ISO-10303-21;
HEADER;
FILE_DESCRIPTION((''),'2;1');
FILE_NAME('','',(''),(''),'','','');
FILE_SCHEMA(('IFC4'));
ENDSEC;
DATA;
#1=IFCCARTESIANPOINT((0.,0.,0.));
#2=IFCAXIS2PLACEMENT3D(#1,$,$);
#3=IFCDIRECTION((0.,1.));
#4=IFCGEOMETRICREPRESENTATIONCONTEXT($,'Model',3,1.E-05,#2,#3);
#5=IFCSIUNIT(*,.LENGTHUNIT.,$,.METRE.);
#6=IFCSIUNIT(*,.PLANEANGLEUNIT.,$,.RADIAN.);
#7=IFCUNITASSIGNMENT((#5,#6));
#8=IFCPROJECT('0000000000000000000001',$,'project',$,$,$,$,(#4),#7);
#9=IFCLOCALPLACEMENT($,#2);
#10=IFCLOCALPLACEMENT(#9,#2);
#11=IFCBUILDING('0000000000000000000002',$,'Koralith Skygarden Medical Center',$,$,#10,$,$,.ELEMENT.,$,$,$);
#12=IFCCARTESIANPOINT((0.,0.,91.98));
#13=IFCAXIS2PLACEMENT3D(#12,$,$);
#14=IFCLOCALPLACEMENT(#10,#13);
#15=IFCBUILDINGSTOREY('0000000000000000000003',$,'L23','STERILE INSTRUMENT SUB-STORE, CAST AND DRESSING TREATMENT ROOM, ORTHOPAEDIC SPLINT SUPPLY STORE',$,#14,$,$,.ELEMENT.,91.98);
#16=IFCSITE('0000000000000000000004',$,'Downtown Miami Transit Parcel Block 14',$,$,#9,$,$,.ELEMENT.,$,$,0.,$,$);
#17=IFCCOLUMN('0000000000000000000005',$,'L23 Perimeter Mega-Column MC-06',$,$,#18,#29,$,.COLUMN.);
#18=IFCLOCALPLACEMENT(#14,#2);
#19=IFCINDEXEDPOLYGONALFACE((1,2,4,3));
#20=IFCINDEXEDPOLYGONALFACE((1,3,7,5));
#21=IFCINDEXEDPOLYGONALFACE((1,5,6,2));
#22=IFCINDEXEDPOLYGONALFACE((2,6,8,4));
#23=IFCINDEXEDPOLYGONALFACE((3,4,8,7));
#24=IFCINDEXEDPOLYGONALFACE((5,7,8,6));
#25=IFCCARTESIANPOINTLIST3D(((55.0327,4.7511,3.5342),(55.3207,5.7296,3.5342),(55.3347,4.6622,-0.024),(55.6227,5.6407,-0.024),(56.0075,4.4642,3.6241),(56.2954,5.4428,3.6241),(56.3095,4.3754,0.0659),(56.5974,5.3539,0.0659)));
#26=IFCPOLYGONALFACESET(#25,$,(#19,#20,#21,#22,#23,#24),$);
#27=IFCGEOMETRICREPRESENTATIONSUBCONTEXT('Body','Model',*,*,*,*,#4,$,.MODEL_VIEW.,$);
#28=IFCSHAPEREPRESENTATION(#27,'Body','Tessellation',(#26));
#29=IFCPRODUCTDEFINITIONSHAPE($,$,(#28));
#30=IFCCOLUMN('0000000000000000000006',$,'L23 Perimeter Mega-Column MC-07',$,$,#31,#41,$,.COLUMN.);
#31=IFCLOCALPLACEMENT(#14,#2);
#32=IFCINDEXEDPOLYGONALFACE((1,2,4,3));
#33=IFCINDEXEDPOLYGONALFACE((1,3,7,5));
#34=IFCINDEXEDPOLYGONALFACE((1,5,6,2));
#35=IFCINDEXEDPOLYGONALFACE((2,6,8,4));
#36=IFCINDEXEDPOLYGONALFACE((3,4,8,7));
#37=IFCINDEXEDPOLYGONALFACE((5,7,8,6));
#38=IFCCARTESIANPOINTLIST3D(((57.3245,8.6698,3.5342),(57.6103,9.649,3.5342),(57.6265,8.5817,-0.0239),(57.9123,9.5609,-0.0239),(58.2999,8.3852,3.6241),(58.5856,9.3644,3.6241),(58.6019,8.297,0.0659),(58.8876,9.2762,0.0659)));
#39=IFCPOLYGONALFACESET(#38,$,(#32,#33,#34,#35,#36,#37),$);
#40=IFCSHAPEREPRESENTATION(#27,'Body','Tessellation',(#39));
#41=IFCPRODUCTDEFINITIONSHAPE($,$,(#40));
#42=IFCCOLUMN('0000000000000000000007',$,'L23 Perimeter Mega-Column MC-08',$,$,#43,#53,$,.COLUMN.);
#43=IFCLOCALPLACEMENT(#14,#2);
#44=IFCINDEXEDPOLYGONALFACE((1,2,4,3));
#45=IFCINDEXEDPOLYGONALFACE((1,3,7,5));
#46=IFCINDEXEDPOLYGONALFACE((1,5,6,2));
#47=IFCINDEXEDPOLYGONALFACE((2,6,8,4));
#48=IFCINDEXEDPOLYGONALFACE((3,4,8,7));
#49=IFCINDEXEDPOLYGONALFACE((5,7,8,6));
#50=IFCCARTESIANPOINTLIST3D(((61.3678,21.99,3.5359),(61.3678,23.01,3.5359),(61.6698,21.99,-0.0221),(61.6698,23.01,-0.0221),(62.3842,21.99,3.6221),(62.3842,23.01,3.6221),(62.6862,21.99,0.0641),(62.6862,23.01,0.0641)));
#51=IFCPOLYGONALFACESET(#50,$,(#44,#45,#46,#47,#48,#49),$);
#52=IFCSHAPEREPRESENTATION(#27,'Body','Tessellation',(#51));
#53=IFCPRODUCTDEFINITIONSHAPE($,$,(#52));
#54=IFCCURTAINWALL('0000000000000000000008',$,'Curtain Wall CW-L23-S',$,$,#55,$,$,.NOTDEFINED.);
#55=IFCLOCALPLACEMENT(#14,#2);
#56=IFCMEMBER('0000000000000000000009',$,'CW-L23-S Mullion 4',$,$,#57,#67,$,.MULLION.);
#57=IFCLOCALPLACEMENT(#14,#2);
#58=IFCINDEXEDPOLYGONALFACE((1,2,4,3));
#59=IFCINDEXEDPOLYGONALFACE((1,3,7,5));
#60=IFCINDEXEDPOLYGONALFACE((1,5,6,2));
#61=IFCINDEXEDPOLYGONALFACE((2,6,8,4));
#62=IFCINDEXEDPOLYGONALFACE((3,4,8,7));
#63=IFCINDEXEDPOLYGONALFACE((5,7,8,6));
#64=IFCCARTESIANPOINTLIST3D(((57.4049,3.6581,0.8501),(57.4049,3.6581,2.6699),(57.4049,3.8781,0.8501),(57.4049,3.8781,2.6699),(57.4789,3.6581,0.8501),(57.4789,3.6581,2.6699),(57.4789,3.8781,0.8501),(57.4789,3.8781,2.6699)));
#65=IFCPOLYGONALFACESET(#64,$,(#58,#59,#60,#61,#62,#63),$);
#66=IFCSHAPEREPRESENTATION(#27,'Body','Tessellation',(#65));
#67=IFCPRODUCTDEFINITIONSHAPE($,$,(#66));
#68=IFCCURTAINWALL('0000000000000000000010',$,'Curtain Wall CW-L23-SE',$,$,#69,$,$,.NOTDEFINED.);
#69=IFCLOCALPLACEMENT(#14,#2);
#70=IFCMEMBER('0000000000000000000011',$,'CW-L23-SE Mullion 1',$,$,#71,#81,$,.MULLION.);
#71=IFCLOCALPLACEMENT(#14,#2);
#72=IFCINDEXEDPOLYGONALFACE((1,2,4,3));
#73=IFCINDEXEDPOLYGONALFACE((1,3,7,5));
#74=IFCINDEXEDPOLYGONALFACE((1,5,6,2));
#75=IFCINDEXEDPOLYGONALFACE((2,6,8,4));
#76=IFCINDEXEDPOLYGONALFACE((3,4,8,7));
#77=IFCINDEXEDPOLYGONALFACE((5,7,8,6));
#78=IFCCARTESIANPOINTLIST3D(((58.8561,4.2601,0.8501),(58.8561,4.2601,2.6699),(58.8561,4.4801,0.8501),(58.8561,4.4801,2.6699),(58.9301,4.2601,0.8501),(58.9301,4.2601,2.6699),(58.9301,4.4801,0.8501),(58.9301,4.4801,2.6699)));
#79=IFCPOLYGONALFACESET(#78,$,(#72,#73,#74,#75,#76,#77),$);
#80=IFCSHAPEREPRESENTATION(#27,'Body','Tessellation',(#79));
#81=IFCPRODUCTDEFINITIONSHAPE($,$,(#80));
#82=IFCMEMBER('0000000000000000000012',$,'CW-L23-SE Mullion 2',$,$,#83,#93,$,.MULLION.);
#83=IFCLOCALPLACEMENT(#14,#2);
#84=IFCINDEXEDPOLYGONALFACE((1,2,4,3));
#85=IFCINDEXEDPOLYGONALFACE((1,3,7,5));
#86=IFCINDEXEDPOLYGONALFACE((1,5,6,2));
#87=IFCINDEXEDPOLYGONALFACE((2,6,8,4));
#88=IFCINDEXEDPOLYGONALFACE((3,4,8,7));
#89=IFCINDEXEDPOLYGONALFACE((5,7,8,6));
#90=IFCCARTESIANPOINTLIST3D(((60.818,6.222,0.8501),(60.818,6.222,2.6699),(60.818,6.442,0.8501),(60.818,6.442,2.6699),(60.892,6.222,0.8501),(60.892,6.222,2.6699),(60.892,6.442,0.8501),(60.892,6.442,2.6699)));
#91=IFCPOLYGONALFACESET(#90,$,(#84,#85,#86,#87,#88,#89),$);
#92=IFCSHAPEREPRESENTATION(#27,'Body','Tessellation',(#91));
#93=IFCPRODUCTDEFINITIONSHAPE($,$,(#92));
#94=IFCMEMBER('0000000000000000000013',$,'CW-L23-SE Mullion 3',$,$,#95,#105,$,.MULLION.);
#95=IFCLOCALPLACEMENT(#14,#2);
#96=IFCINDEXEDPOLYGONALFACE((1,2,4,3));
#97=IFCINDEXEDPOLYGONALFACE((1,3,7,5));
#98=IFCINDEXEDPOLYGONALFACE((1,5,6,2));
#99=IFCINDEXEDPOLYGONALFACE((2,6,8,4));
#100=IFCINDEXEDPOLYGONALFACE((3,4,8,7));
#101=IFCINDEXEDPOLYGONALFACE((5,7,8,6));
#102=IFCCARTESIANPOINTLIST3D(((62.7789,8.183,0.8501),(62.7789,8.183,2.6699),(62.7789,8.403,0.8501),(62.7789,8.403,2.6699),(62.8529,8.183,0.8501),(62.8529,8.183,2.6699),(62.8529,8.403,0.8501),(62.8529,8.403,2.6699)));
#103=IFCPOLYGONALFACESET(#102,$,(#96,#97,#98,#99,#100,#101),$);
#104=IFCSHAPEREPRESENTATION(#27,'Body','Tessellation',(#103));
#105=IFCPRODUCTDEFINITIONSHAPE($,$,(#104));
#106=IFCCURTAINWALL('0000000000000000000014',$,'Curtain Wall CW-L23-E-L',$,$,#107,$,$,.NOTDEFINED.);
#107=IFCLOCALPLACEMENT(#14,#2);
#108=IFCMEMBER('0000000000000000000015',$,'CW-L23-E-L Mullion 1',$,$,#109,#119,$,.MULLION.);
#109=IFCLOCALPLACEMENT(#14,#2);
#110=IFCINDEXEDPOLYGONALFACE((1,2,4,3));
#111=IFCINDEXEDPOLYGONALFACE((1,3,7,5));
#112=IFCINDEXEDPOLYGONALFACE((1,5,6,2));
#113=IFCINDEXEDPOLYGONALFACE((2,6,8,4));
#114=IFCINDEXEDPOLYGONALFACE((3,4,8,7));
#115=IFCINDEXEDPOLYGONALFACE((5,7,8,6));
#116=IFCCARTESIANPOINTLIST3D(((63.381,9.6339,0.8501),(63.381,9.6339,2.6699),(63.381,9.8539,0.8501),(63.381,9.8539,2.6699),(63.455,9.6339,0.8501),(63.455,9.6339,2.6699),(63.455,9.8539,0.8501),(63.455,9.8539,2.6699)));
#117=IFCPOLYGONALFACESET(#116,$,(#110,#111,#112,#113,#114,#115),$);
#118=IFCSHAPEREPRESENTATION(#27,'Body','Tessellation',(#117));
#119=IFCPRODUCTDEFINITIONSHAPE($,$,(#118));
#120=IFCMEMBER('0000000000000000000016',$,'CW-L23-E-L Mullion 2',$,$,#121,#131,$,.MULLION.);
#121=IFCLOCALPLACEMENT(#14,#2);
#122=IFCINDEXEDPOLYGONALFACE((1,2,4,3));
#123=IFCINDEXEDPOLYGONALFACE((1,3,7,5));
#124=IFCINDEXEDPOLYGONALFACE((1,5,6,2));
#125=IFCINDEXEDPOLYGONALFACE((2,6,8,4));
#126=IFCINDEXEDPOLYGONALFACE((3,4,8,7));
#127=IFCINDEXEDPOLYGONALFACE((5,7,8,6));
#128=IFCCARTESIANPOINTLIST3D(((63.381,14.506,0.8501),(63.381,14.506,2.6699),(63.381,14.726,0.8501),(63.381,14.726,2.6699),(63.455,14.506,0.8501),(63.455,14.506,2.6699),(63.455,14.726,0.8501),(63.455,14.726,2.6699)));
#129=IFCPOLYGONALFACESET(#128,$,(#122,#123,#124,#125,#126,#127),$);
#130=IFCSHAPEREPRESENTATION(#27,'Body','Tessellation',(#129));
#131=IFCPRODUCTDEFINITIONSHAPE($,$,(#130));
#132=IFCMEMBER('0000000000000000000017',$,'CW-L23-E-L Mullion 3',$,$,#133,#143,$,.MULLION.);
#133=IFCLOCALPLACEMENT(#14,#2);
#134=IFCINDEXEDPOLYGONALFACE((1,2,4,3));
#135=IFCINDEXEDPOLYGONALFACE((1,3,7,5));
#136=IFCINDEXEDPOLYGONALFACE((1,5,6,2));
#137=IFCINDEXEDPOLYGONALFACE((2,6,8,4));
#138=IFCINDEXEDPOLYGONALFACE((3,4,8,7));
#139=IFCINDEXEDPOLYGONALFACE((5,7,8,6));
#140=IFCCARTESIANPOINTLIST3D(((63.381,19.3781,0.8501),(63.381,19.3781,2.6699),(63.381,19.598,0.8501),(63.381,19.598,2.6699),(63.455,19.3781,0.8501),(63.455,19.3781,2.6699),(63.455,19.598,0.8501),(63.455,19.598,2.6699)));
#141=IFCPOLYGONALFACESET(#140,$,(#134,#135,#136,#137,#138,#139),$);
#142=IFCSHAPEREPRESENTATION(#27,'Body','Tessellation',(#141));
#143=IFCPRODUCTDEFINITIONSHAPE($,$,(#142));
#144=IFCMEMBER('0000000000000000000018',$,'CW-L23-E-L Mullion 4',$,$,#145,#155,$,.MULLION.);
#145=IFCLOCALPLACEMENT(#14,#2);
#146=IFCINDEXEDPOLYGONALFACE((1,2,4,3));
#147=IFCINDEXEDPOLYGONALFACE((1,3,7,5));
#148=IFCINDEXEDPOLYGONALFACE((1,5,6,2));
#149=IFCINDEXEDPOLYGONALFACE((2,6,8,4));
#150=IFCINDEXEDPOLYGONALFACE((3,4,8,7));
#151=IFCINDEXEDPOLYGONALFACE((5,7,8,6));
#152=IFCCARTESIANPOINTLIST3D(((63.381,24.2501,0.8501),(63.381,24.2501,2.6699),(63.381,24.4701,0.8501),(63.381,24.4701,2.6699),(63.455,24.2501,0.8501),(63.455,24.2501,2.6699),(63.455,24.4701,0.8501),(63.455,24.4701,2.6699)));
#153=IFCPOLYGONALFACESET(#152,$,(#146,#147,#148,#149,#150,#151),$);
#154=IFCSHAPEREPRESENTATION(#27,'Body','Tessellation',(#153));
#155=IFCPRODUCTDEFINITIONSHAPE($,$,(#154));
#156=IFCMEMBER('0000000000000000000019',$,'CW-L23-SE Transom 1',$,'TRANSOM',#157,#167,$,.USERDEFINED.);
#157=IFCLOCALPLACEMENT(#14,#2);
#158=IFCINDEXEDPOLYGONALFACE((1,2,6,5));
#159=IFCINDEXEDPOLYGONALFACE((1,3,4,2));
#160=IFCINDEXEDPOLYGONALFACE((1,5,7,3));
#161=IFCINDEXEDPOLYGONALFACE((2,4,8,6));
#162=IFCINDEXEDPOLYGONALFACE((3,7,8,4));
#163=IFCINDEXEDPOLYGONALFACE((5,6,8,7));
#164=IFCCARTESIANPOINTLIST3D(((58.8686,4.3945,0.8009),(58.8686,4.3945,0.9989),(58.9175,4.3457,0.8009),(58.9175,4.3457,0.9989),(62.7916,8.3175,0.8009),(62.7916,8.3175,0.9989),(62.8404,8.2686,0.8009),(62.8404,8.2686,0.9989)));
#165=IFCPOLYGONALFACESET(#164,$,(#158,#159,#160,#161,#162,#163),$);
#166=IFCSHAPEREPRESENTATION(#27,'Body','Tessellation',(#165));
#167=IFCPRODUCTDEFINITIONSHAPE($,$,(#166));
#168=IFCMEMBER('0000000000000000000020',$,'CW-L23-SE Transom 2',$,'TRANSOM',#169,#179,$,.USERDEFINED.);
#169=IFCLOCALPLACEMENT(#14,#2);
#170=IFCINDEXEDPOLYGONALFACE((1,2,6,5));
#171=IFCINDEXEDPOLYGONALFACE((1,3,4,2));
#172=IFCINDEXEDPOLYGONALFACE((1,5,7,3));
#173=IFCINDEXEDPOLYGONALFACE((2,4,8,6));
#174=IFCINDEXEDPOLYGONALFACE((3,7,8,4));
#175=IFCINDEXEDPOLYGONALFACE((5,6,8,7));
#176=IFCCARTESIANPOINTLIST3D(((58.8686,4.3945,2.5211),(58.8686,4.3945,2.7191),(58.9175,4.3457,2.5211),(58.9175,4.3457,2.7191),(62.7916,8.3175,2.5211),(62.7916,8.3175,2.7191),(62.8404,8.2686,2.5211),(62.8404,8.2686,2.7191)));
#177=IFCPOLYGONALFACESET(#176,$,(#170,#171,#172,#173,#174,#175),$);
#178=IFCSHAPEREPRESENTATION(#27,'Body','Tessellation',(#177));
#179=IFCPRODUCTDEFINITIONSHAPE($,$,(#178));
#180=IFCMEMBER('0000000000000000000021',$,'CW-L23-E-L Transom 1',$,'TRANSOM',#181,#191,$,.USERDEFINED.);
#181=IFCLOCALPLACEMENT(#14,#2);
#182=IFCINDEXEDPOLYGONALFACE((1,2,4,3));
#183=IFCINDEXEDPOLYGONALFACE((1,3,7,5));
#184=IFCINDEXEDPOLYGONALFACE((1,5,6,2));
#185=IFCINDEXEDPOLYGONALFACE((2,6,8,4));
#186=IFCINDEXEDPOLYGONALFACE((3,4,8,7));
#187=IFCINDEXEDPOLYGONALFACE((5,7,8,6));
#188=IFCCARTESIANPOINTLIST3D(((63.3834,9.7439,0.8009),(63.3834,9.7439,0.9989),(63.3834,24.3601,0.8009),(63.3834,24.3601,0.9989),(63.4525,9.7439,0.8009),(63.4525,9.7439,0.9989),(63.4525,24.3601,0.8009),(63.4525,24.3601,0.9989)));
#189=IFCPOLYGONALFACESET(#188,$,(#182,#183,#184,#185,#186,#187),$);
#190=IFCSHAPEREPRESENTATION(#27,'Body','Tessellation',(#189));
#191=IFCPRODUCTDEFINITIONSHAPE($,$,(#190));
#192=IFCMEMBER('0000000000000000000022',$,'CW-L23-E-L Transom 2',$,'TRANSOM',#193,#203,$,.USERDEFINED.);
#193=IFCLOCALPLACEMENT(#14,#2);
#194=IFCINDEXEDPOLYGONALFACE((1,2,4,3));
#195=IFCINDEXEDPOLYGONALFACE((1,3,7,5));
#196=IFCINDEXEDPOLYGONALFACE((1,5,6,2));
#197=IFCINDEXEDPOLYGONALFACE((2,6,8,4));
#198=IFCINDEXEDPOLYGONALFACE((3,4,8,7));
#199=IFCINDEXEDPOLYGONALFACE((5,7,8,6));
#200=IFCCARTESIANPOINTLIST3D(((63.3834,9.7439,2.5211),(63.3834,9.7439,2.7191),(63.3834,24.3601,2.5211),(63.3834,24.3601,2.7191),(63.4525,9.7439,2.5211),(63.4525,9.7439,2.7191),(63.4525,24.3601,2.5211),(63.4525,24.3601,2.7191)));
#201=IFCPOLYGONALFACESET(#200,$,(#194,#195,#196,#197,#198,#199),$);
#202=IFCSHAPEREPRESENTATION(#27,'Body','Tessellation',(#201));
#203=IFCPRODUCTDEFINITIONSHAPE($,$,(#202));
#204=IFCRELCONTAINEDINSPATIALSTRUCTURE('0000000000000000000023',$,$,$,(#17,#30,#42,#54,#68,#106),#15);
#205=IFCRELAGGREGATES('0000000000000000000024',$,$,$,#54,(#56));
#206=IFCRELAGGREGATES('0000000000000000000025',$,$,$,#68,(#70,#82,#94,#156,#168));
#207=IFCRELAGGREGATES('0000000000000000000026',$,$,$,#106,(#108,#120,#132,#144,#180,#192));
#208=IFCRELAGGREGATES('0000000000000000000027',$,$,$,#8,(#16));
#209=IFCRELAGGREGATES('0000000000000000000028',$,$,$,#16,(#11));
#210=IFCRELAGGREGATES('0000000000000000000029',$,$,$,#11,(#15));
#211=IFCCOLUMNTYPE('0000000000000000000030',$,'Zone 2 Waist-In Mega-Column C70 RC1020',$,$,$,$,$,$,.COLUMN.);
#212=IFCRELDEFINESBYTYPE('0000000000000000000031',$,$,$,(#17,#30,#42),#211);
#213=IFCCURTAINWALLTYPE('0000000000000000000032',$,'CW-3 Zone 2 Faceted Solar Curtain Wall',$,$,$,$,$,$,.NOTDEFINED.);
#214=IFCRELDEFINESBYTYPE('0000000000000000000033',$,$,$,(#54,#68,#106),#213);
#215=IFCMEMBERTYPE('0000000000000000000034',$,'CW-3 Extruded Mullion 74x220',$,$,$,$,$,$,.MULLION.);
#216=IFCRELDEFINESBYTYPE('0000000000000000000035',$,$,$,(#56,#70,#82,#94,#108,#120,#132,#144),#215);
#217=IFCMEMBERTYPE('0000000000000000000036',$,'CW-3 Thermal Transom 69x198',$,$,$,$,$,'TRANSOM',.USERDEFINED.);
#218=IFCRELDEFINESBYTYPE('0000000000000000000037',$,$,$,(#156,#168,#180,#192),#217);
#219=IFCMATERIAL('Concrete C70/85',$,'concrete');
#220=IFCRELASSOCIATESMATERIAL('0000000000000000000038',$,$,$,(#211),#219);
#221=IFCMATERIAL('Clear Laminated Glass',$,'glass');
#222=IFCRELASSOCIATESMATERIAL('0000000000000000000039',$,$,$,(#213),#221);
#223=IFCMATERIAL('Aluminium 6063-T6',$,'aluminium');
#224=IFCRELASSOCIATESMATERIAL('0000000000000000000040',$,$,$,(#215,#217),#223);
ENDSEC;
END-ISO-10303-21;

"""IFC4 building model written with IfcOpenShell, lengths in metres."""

from ifc_helpers import new_model, si_unit, direction, frame, origin, origin_2d, place, context, subcontext, project, spatial, rectangle, extrude, material, material_profile, profile_set, type_object, element, aggregate, save


model = new_model("IFC4")

# Units and contexts
model_context = context("Model", 3, precision=1e-05, world=origin(), true_north=direction((0.0, 1.0)))
body_context = subcontext(model_context, "Body", "Model", "MODEL_VIEW")
ifc_project = project(units=[si_unit("LENGTHUNIT", "METRE"), si_unit("PLANEANGLEUNIT", "RADIAN")], contexts=[model_context])

# Site, building, storey
site_placement = place(None, origin())
site = spatial("IfcSite", under=ifc_project, at=site_placement, Name="Downtown Miami Transit Parcel Block 14", CompositionType="ELEMENT", RefElevation=0.0)
building_placement = place(site_placement, origin())
building = spatial("IfcBuilding", under=site, at=building_placement, Name="Koralith Skygarden Medical Center", CompositionType="ELEMENT")
storey_placement = place(building_placement, frame((0.0, 0.0, 91.98)))
storey = spatial("IfcBuildingStorey", under=building, at=storey_placement, Name="L23", Description="STERILE INSTRUMENT SUB-STORE, CAST AND DRESSING TREATMENT ROOM, ORTHOPAEDIC SPLINT SUPPLY STORE", CompositionType="ELEMENT", Elevation=91.98)

# Columns
ifc_material_1 = material(Name="Concrete C70/85", Category="concrete")
ifc_material_profile_1 = material_profile(ifc_material_1, rectangle(XDim=1.02, YDim=1.02, at=origin_2d()), Name="RC1020X1020")
ifc_profile_set_1 = profile_set([ifc_material_profile_1], Name="Concrete C70/85")
column_type = type_object("IfcColumnType", Name="Zone 2 Waist-In Mega-Column C70 RC1020", PredefinedType="COLUMN", material=ifc_profile_set_1)
for number, where, z_axis, x_axis, name in (
    (1, (55.9661, 5.0081, 0.021), (-0.084547, 0.024879, 0.996109), (-0.282292, -0.959328, 0.0), "L23 Perimeter Mega-Column MC-06"),
    (2, (58.2571, 8.929, 0.021), (-0.084547, 0.024674, 0.996114), (-0.280149, -0.959957, 0.0), "L23 Perimeter Mega-Column MC-07"),
):
    element("IfcColumn", number, at=place(storey_placement, frame(where, z_axis=z_axis, x_axis=x_axis)), inside=storey, type_object=column_type, Name=name, PredefinedType="COLUMN", context=body_context, shape_type="SweptSolid", body=[
        extrude(rectangle(XDim=1.02, YDim=1.02, at=origin_2d()), origin(), (0.0, 0.0, 1.0), 3.572),
    ])
column_placement = place(storey_placement, frame((62.178, 22.5, 0.021), z_axis=(-0.084573, 0.0, 0.996417), x_axis=(0.0, -1.0, 0.0)))
element("IfcColumn", 3, at=column_placement, inside=storey, type_object=column_type, Name="L23 Perimeter Mega-Column MC-08", PredefinedType="COLUMN", context=body_context, shape_type="SweptSolid", body=[
    extrude(rectangle(XDim=1.02, YDim=1.02, at=origin_2d()), origin(), (0.0, 0.0, 1.0), 3.5708),
])

# Curtain wall, member
ifc_material_2 = material(Name="Clear Laminated Glass", Category="glass")
curtain_wall_type = type_object("IfcCurtainWallType", Name="CW-3 Zone 2 Faceted Solar Curtain Wall", PredefinedType="NOTDEFINED", material=ifc_material_2)
curtain_wall_1_placement = place(storey_placement, origin())
curtain_wall_1 = element("IfcCurtainWall", 4, at=curtain_wall_1_placement, inside=storey, type_object=curtain_wall_type, Name="Curtain Wall CW-L23-S", PredefinedType="NOTDEFINED")
ifc_material_3 = material(Name="Aluminium 6063-T6", Category="aluminium")
ifc_material_profile_2 = material_profile(ifc_material_3, rectangle(XDim=0.074, YDim=0.22, at=origin_2d()), Name="MUL74X220")
ifc_profile_set_2 = profile_set([ifc_material_profile_2], Name="Aluminium 6063-T6")
member_type_1 = type_object("IfcMemberType", Name="CW-3 Extruded Mullion 74x220", PredefinedType="MULLION", material=ifc_profile_set_2)
member_1_placement = place(storey_placement, frame((57.4419, 3.7681, 0.8501), z_axis=(0.0, 0.0, 1.0), x_axis=(1.0, 0.0, 0.0)))
member_1 = element("IfcMember", 5, at=member_1_placement, type_object=member_type_1, Name="CW-L23-S Mullion 4", PredefinedType="MULLION", context=body_context, shape_type="SweptSolid", body=[
    extrude(rectangle(XDim=0.074, YDim=0.22, at=origin_2d()), origin(), (0.0, 0.0, 1.0), 1.8198),
])
aggregate(curtain_wall_1, [member_1])

# Curtain walls, members
curtain_wall_2_placement = place(storey_placement, origin())
curtain_wall_2 = element("IfcCurtainWall", 6, at=curtain_wall_2_placement, inside=storey, type_object=curtain_wall_type, Name="Curtain Wall CW-L23-SE", PredefinedType="NOTDEFINED")
member_2_placement = place(storey_placement, frame((58.8931, 4.3701, 0.8501), z_axis=(0.0, 0.0, 1.0), x_axis=(1.0, 0.0, 0.0)))
member_2 = element("IfcMember", 7, at=member_2_placement, type_object=member_type_1, Name="CW-L23-SE Mullion 1", PredefinedType="MULLION", context=body_context, shape_type="SweptSolid", body=[
    extrude(rectangle(XDim=0.074, YDim=0.22, at=origin_2d()), origin(), (0.0, 0.0, 1.0), 1.8198),
])
member_3_placement = place(storey_placement, frame((60.855, 6.332, 0.8501), z_axis=(0.0, 0.0, 1.0), x_axis=(1.0, 0.0, 0.0)))
member_3 = element("IfcMember", 8, at=member_3_placement, type_object=member_type_1, Name="CW-L23-SE Mullion 2", PredefinedType="MULLION", context=body_context, shape_type="SweptSolid", body=[
    extrude(rectangle(XDim=0.074, YDim=0.22, at=origin_2d()), origin(), (0.0, 0.0, 1.0), 1.8198),
])
member_4_placement = place(storey_placement, frame((62.8159, 8.293, 0.8501), z_axis=(0.0, 0.0, 1.0), x_axis=(1.0, 0.0, 0.0)))
member_4 = element("IfcMember", 9, at=member_4_placement, type_object=member_type_1, Name="CW-L23-SE Mullion 3", PredefinedType="MULLION", context=body_context, shape_type="SweptSolid", body=[
    extrude(rectangle(XDim=0.074, YDim=0.22, at=origin_2d()), origin(), (0.0, 0.0, 1.0), 1.8198),
])
curtain_wall_3_placement = place(storey_placement, origin())
curtain_wall_3 = element("IfcCurtainWall", 10, at=curtain_wall_3_placement, inside=storey, type_object=curtain_wall_type, Name="Curtain Wall CW-L23-E-L", PredefinedType="NOTDEFINED")
member_5_placement = place(storey_placement, frame((63.418, 9.7439, 0.8501), z_axis=(0.0, 0.0, 1.0), x_axis=(1.0, 0.0, 0.0)))
member_5 = element("IfcMember", 11, at=member_5_placement, type_object=member_type_1, Name="CW-L23-E-L Mullion 1", PredefinedType="MULLION", context=body_context, shape_type="SweptSolid", body=[
    extrude(rectangle(XDim=0.074, YDim=0.22, at=origin_2d()), origin(), (0.0, 0.0, 1.0), 1.8198),
])
member_6_placement = place(storey_placement, frame((63.418, 14.616, 0.8501), z_axis=(0.0, 0.0, 1.0), x_axis=(1.0, 0.0, 0.0)))
member_6 = element("IfcMember", 12, at=member_6_placement, type_object=member_type_1, Name="CW-L23-E-L Mullion 2", PredefinedType="MULLION", context=body_context, shape_type="SweptSolid", body=[
    extrude(rectangle(XDim=0.074, YDim=0.22, at=origin_2d()), origin(), (0.0, 0.0, 1.0), 1.8198),
])
member_7_placement = place(storey_placement, frame((63.418, 19.488, 0.8501), z_axis=(0.0, 0.0, 1.0), x_axis=(1.0, 0.0, 0.0)))
member_7 = element("IfcMember", 13, at=member_7_placement, type_object=member_type_1, Name="CW-L23-E-L Mullion 3", PredefinedType="MULLION", context=body_context, shape_type="SweptSolid", body=[
    extrude(rectangle(XDim=0.074, YDim=0.22, at=origin_2d()), origin(), (0.0, 0.0, 1.0), 1.8198),
])
member_8_placement = place(storey_placement, frame((63.418, 24.3601, 0.8501), z_axis=(0.0, 0.0, 1.0), x_axis=(1.0, 0.0, 0.0)))
member_8 = element("IfcMember", 14, at=member_8_placement, type_object=member_type_1, Name="CW-L23-E-L Mullion 4", PredefinedType="MULLION", context=body_context, shape_type="SweptSolid", body=[
    extrude(rectangle(XDim=0.074, YDim=0.22, at=origin_2d()), origin(), (0.0, 0.0, 1.0), 1.8198),
])

# Members
ifc_material_profile_3 = material_profile(ifc_material_3, rectangle(XDim=0.0691, YDim=0.198, at=origin_2d()), Name="TRN69X198")
ifc_profile_set_3 = profile_set([ifc_material_profile_3], Name="Aluminium 6063-T6")
member_type_2 = type_object("IfcMemberType", Name="CW-3 Thermal Transom 69x198", ElementType="TRANSOM", PredefinedType="USERDEFINED", material=ifc_profile_set_3)
member_9_placement = place(storey_placement, frame((58.8931, 4.3701, 0.8999), z_axis=(0.707107, 0.707107, 0.0), x_axis=(-0.707107, 0.707107, 0.0)))
member_9 = element("IfcMember", 15, at=member_9_placement, type_object=member_type_2, Name="CW-L23-SE Transom 1", ObjectType="TRANSOM", PredefinedType="USERDEFINED", context=body_context, shape_type="SweptSolid", body=[
    extrude(rectangle(XDim=0.0691, YDim=0.198, at=origin_2d()), origin(), (0.0, 0.0, 1.0), 5.5479),
])
member_10_placement = place(storey_placement, frame((58.8931, 4.3701, 2.6201), z_axis=(0.707107, 0.707107, 0.0), x_axis=(-0.707107, 0.707107, 0.0)))
member_10 = element("IfcMember", 16, at=member_10_placement, type_object=member_type_2, Name="CW-L23-SE Transom 2", ObjectType="TRANSOM", PredefinedType="USERDEFINED", context=body_context, shape_type="SweptSolid", body=[
    extrude(rectangle(XDim=0.0691, YDim=0.198, at=origin_2d()), origin(), (0.0, 0.0, 1.0), 5.5479),
])
member_11_placement = place(storey_placement, frame((63.418, 9.7439, 0.8999), z_axis=(0.0, 1.0, 0.0), x_axis=(-1.0, 0.0, 0.0)))
member_11 = element("IfcMember", 17, at=member_11_placement, type_object=member_type_2, Name="CW-L23-E-L Transom 1", ObjectType="TRANSOM", PredefinedType="USERDEFINED", context=body_context, shape_type="SweptSolid", body=[
    extrude(rectangle(XDim=0.0691, YDim=0.198, at=origin_2d()), origin(), (0.0, 0.0, 1.0), 14.6162),
])
member_12_placement = place(storey_placement, frame((63.418, 9.7439, 2.6201), z_axis=(0.0, 1.0, 0.0), x_axis=(-1.0, 0.0, 0.0)))
member_12 = element("IfcMember", 18, at=member_12_placement, type_object=member_type_2, Name="CW-L23-E-L Transom 2", ObjectType="TRANSOM", PredefinedType="USERDEFINED", context=body_context, shape_type="SweptSolid", body=[
    extrude(rectangle(XDim=0.0691, YDim=0.198, at=origin_2d()), origin(), (0.0, 0.0, 1.0), 14.6162),
])

aggregate(curtain_wall_2, [member_2, member_3, member_4, member_9, member_10])
aggregate(curtain_wall_3, [member_5, member_6, member_7, member_8, member_11, member_12])

save(model, "model.ifc")
